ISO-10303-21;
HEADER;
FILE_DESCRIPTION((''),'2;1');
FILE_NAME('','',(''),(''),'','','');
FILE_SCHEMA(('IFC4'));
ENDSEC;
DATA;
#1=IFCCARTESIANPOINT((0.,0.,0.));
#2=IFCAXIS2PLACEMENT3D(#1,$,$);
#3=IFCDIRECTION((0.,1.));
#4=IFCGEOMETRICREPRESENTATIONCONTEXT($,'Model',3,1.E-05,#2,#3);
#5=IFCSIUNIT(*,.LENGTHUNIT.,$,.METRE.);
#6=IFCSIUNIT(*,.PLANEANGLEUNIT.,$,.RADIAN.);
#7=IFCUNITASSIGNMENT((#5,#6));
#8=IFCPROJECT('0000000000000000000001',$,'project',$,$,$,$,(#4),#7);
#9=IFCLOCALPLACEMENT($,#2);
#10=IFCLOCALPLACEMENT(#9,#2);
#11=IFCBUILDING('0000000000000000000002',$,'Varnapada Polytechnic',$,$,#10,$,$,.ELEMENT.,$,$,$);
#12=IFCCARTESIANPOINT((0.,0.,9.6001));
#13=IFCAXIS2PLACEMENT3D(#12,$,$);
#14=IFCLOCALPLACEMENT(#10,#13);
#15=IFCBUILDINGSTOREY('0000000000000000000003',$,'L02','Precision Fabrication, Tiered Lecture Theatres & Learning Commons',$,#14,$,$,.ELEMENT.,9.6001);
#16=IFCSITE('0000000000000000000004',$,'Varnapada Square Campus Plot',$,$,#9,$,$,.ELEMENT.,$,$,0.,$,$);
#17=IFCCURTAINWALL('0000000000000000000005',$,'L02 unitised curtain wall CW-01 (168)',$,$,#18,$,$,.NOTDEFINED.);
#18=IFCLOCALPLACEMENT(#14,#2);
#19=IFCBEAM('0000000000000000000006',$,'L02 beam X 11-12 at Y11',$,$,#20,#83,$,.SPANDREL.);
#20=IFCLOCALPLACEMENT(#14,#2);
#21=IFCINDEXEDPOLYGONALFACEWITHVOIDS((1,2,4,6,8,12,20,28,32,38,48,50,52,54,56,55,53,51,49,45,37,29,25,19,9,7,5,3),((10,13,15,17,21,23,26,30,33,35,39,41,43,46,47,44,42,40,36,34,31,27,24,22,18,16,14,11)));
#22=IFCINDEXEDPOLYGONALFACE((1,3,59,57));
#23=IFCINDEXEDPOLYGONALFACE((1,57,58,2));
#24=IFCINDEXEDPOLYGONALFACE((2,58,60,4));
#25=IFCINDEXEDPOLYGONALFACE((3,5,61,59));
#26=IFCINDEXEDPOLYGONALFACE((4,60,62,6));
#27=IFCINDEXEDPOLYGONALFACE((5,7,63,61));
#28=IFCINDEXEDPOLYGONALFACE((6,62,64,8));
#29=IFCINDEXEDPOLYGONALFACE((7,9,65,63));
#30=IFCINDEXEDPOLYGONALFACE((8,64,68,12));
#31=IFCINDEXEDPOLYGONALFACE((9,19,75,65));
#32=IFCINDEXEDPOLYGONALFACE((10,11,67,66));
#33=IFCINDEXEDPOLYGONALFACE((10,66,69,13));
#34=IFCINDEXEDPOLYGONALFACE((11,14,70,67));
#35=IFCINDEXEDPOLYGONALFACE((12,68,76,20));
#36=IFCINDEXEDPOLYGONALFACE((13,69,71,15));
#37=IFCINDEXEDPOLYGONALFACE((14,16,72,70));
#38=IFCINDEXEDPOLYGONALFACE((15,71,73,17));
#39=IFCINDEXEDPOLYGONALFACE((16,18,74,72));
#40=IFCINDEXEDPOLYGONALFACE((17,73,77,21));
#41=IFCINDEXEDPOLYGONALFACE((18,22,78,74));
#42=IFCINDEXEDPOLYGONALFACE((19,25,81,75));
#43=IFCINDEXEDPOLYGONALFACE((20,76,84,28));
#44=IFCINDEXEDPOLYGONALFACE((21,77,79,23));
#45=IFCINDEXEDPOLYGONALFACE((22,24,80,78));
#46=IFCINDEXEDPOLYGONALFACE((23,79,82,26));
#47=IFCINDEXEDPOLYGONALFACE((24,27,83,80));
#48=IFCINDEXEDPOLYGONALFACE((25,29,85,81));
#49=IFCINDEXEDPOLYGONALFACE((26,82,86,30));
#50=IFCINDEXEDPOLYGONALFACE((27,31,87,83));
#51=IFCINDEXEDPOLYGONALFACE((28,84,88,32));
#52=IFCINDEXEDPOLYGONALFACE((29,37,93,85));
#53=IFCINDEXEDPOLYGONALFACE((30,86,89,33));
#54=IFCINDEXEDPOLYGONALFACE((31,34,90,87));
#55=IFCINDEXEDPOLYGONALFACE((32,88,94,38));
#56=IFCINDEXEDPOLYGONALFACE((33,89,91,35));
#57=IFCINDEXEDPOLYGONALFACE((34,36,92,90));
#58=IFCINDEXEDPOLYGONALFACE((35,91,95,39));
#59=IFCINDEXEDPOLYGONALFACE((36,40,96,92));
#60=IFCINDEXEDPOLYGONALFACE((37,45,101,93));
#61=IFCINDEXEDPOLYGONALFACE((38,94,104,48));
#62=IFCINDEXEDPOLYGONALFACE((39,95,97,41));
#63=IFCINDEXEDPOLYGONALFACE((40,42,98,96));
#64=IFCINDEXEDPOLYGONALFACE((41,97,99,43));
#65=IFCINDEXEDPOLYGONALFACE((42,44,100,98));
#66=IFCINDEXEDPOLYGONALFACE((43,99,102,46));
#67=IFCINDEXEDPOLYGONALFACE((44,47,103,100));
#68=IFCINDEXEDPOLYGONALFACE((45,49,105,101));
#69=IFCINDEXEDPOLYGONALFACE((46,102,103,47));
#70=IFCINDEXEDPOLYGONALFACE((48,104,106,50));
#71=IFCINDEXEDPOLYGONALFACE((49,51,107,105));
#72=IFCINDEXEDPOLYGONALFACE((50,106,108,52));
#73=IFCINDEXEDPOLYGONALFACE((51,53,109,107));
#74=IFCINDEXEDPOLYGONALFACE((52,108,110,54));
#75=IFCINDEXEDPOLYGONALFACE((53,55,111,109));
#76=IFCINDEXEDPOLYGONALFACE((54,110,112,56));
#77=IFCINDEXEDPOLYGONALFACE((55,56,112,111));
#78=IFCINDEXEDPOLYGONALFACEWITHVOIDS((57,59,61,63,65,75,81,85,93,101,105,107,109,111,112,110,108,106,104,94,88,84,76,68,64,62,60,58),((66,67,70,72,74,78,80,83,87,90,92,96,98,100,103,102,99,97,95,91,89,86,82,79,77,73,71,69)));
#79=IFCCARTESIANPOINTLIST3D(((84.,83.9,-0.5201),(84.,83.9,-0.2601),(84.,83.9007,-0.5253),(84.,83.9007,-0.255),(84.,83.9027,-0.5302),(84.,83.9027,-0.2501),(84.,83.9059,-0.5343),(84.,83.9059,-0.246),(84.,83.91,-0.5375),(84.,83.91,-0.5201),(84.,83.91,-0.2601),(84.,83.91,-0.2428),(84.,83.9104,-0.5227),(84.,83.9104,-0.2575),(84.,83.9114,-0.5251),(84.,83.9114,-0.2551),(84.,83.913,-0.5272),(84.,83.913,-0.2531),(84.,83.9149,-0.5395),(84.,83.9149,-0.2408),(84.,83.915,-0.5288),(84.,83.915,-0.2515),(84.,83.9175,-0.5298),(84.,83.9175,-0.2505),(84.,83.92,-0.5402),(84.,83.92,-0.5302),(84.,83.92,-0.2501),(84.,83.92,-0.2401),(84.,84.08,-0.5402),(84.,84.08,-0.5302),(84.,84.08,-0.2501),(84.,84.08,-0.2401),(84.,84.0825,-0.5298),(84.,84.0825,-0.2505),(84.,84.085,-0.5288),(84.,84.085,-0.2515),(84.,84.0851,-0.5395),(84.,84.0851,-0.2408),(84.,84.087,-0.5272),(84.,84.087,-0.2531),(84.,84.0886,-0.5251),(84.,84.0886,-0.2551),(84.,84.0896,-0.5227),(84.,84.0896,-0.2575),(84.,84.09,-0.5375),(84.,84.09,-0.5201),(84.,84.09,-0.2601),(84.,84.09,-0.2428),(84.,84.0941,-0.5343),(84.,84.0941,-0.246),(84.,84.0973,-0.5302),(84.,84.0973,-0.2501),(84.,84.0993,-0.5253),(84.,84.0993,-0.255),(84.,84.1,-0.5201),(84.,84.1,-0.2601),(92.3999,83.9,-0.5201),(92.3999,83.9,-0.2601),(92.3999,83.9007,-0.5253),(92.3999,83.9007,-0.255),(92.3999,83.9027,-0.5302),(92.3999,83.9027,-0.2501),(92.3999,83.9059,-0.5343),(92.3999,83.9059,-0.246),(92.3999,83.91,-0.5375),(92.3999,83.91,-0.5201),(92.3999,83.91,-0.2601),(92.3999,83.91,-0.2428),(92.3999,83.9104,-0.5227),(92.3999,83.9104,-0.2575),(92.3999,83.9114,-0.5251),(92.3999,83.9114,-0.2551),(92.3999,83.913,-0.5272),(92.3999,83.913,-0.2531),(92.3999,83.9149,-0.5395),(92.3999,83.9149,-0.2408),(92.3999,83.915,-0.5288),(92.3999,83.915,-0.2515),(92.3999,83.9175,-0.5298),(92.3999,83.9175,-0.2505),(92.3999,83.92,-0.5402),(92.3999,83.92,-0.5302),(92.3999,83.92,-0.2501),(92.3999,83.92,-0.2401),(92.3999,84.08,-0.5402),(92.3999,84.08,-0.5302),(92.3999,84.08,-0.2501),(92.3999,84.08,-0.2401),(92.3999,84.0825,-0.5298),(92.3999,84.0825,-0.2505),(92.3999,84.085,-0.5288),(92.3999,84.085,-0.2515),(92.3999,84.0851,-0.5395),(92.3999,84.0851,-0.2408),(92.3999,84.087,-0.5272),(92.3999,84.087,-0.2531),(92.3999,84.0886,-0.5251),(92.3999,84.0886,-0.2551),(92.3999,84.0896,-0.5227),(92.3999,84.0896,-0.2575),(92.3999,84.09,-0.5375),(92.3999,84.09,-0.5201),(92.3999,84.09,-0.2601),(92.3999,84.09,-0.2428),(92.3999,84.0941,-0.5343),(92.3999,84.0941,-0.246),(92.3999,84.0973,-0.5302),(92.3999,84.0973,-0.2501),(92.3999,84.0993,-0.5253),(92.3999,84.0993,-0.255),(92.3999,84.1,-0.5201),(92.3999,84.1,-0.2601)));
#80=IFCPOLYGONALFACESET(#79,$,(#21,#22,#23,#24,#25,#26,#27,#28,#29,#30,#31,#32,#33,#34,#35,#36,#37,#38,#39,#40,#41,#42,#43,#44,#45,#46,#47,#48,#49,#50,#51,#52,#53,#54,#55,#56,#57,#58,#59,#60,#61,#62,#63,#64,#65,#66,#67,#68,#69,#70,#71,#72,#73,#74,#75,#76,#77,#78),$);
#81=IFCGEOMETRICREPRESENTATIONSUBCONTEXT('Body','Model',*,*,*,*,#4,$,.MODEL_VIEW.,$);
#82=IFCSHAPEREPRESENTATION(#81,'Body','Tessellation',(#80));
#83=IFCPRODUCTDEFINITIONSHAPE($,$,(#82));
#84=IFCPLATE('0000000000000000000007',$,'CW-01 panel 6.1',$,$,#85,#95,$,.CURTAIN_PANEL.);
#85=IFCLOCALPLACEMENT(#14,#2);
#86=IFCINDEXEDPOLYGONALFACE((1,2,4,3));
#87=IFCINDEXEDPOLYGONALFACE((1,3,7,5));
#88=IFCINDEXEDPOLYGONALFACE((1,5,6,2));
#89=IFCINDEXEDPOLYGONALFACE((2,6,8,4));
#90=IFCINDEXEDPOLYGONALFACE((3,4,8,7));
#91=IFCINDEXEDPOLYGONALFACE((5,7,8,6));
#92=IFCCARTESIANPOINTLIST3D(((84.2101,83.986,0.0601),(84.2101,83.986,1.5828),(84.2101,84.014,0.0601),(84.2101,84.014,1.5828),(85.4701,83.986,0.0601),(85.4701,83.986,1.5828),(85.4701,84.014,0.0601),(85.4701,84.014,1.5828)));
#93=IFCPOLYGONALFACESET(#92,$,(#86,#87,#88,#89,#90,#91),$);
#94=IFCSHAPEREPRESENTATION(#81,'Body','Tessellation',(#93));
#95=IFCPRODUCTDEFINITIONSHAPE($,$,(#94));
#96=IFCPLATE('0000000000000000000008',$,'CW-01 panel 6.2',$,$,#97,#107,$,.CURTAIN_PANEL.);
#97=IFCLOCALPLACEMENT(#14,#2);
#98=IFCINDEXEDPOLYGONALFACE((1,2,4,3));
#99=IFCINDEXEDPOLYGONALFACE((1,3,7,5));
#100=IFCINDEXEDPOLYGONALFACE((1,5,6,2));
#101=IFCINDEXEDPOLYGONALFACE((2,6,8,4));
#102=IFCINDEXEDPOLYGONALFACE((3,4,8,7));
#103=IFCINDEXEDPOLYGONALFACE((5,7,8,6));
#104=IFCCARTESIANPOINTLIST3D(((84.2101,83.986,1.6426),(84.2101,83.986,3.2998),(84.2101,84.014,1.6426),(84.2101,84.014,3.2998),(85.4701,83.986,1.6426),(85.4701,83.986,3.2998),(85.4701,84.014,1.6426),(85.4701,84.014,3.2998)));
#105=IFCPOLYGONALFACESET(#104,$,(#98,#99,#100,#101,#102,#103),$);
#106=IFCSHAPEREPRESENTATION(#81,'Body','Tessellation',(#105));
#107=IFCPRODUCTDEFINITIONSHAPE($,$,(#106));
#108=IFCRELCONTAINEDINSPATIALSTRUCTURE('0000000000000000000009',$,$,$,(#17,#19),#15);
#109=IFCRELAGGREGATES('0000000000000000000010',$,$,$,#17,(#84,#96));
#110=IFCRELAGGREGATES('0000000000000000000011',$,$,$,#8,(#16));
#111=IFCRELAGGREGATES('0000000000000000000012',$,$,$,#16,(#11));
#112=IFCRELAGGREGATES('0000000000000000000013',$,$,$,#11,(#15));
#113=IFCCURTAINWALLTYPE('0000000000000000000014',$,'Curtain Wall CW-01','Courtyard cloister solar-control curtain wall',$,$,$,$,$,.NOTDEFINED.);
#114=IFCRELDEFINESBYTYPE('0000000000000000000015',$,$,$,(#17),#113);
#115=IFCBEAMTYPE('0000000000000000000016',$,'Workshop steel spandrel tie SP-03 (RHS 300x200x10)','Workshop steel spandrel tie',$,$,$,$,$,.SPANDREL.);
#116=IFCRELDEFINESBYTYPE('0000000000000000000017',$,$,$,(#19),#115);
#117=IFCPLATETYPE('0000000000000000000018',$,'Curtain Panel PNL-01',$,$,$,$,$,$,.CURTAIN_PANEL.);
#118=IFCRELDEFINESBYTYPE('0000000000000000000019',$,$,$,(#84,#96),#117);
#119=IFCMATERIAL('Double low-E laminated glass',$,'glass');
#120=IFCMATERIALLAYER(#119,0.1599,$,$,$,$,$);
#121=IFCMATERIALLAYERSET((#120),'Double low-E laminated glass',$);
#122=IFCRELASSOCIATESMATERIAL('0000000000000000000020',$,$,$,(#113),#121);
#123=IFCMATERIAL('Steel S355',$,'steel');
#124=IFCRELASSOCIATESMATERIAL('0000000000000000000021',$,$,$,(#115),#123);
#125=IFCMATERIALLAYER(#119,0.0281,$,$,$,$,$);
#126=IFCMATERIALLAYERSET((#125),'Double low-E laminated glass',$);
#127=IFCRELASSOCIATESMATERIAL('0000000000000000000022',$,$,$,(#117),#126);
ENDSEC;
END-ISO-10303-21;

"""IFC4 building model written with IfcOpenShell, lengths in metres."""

from ifc_helpers import new_model, si_unit, direction, frame, origin, origin_2d, place, context, subcontext, project, spatial, rectangle, hollow_rectangle, extrude, material, layer, layer_set, material_profile, profile_set, type_object, element, aggregate, save


model = new_model("IFC4")

# Units and contexts
model_context = context("Model", 3, precision=1e-05, world=origin(), true_north=direction((0.0, 1.0)))
body_context = subcontext(model_context, "Body", "Model", "MODEL_VIEW")
ifc_project = project(units=[si_unit("LENGTHUNIT", "METRE"), si_unit("PLANEANGLEUNIT", "RADIAN")], contexts=[model_context])

# Site, building, storey
site_placement = place(None, origin())
site = spatial("IfcSite", under=ifc_project, at=site_placement, Name="Varnapada Square Campus Plot", CompositionType="ELEMENT", RefElevation=0.0)
building_placement = place(site_placement, origin())
building = spatial("IfcBuilding", under=site, at=building_placement, Name="Varnapada Polytechnic", CompositionType="ELEMENT")
storey_placement = place(building_placement, frame((0.0, 0.0, 9.6001)))
storey = spatial("IfcBuildingStorey", under=building, at=storey_placement, Name="L02", Description="Precision Fabrication, Tiered Lecture Theatres & Learning Commons", CompositionType="ELEMENT", Elevation=9.6001)

# Shared definitions
ifc_material_1 = material(Name="Steel S355", Category="steel")

# Curtain wall
ifc_material_2 = material(Name="Double low-E laminated glass", Category="glass")
ifc_layer_1 = layer(ifc_material_2, 0.1599)
ifc_layer_set_1 = layer_set([ifc_layer_1], Name="Double low-E laminated glass")
curtain_wall_type = type_object("IfcCurtainWallType", Name="Curtain Wall CW-01", Description="Courtyard cloister solar-control curtain wall", PredefinedType="NOTDEFINED", material=ifc_layer_set_1)
curtain_wall_placement = place(storey_placement, origin())
curtain_wall = element("IfcCurtainWall", 1, at=curtain_wall_placement, inside=storey, type_object=curtain_wall_type, Name="L02 unitised curtain wall CW-01 (168)", PredefinedType="NOTDEFINED")

# Beam
ifc_material_profile_1 = material_profile(ifc_material_1, hollow_rectangle(XDim=0.2, YDim=0.3, WallThickness=0.01, InnerFilletRadius=0.01, OuterFilletRadius=0.02, at=origin_2d()), Name="RHS 300x200x10")
ifc_profile_set_1 = profile_set([ifc_material_profile_1], Name="Steel S355")
beam_type_1 = type_object("IfcBeamType", Name="Workshop steel spandrel tie SP-03 (RHS 300x200x10)", Description="Workshop steel spandrel tie", PredefinedType="SPANDREL", material=ifc_profile_set_1)
beam_1_placement = place(storey_placement, frame((84.0, 84.0, -0.3901), z_axis=(1.0, 0.0, 0.0), x_axis=(0.0, 1.0, 0.0)))
element("IfcBeam", 2, at=beam_1_placement, inside=storey, type_object=beam_type_1, Name="L02 beam X 11-12 at Y11", PredefinedType="SPANDREL", context=body_context, shape_type="SweptSolid", body=[
    extrude(hollow_rectangle(XDim=0.2, YDim=0.3, WallThickness=0.01, InnerFilletRadius=0.01, OuterFilletRadius=0.02, at=origin_2d()), origin(), (0.0, 0.0, 1.0), 8.3999),
])

# Plates
ifc_layer_2 = layer(ifc_material_2, 0.0281)
ifc_layer_set_2 = layer_set([ifc_layer_2], Name="Double low-E laminated glass")
plate_type = type_object("IfcPlateType", Name="Curtain Panel PNL-01", PredefinedType="CURTAIN_PANEL", material=ifc_layer_set_2)
plate_1_placement = place(storey_placement, frame((84.8401, 84.0, 0.0601), z_axis=(0.0, 0.0, 1.0), x_axis=(-1.0, 0.0, 0.0)))
plate_1 = element("IfcPlate", 3, at=plate_1_placement, type_object=plate_type, Name="CW-01 panel 6.1", PredefinedType="CURTAIN_PANEL", context=body_context, shape_type="SweptSolid", body=[
    extrude(rectangle(XDim=1.26, YDim=0.0281, at=origin_2d()), origin(), (0.0, 0.0, 1.0), 1.5227),
])
plate_2_placement = place(storey_placement, frame((84.8401, 84.0, 1.6426), z_axis=(0.0, 0.0, 1.0), x_axis=(-1.0, 0.0, 0.0)))
plate_2 = element("IfcPlate", 4, at=plate_2_placement, type_object=plate_type, Name="CW-01 panel 6.2", PredefinedType="CURTAIN_PANEL", context=body_context, shape_type="SweptSolid", body=[
    extrude(rectangle(XDim=1.26, YDim=0.0281, at=origin_2d()), origin(), (0.0, 0.0, 1.0), 1.6572),
])
aggregate(curtain_wall, [plate_1, plate_2])

save(model, "model.ifc")
